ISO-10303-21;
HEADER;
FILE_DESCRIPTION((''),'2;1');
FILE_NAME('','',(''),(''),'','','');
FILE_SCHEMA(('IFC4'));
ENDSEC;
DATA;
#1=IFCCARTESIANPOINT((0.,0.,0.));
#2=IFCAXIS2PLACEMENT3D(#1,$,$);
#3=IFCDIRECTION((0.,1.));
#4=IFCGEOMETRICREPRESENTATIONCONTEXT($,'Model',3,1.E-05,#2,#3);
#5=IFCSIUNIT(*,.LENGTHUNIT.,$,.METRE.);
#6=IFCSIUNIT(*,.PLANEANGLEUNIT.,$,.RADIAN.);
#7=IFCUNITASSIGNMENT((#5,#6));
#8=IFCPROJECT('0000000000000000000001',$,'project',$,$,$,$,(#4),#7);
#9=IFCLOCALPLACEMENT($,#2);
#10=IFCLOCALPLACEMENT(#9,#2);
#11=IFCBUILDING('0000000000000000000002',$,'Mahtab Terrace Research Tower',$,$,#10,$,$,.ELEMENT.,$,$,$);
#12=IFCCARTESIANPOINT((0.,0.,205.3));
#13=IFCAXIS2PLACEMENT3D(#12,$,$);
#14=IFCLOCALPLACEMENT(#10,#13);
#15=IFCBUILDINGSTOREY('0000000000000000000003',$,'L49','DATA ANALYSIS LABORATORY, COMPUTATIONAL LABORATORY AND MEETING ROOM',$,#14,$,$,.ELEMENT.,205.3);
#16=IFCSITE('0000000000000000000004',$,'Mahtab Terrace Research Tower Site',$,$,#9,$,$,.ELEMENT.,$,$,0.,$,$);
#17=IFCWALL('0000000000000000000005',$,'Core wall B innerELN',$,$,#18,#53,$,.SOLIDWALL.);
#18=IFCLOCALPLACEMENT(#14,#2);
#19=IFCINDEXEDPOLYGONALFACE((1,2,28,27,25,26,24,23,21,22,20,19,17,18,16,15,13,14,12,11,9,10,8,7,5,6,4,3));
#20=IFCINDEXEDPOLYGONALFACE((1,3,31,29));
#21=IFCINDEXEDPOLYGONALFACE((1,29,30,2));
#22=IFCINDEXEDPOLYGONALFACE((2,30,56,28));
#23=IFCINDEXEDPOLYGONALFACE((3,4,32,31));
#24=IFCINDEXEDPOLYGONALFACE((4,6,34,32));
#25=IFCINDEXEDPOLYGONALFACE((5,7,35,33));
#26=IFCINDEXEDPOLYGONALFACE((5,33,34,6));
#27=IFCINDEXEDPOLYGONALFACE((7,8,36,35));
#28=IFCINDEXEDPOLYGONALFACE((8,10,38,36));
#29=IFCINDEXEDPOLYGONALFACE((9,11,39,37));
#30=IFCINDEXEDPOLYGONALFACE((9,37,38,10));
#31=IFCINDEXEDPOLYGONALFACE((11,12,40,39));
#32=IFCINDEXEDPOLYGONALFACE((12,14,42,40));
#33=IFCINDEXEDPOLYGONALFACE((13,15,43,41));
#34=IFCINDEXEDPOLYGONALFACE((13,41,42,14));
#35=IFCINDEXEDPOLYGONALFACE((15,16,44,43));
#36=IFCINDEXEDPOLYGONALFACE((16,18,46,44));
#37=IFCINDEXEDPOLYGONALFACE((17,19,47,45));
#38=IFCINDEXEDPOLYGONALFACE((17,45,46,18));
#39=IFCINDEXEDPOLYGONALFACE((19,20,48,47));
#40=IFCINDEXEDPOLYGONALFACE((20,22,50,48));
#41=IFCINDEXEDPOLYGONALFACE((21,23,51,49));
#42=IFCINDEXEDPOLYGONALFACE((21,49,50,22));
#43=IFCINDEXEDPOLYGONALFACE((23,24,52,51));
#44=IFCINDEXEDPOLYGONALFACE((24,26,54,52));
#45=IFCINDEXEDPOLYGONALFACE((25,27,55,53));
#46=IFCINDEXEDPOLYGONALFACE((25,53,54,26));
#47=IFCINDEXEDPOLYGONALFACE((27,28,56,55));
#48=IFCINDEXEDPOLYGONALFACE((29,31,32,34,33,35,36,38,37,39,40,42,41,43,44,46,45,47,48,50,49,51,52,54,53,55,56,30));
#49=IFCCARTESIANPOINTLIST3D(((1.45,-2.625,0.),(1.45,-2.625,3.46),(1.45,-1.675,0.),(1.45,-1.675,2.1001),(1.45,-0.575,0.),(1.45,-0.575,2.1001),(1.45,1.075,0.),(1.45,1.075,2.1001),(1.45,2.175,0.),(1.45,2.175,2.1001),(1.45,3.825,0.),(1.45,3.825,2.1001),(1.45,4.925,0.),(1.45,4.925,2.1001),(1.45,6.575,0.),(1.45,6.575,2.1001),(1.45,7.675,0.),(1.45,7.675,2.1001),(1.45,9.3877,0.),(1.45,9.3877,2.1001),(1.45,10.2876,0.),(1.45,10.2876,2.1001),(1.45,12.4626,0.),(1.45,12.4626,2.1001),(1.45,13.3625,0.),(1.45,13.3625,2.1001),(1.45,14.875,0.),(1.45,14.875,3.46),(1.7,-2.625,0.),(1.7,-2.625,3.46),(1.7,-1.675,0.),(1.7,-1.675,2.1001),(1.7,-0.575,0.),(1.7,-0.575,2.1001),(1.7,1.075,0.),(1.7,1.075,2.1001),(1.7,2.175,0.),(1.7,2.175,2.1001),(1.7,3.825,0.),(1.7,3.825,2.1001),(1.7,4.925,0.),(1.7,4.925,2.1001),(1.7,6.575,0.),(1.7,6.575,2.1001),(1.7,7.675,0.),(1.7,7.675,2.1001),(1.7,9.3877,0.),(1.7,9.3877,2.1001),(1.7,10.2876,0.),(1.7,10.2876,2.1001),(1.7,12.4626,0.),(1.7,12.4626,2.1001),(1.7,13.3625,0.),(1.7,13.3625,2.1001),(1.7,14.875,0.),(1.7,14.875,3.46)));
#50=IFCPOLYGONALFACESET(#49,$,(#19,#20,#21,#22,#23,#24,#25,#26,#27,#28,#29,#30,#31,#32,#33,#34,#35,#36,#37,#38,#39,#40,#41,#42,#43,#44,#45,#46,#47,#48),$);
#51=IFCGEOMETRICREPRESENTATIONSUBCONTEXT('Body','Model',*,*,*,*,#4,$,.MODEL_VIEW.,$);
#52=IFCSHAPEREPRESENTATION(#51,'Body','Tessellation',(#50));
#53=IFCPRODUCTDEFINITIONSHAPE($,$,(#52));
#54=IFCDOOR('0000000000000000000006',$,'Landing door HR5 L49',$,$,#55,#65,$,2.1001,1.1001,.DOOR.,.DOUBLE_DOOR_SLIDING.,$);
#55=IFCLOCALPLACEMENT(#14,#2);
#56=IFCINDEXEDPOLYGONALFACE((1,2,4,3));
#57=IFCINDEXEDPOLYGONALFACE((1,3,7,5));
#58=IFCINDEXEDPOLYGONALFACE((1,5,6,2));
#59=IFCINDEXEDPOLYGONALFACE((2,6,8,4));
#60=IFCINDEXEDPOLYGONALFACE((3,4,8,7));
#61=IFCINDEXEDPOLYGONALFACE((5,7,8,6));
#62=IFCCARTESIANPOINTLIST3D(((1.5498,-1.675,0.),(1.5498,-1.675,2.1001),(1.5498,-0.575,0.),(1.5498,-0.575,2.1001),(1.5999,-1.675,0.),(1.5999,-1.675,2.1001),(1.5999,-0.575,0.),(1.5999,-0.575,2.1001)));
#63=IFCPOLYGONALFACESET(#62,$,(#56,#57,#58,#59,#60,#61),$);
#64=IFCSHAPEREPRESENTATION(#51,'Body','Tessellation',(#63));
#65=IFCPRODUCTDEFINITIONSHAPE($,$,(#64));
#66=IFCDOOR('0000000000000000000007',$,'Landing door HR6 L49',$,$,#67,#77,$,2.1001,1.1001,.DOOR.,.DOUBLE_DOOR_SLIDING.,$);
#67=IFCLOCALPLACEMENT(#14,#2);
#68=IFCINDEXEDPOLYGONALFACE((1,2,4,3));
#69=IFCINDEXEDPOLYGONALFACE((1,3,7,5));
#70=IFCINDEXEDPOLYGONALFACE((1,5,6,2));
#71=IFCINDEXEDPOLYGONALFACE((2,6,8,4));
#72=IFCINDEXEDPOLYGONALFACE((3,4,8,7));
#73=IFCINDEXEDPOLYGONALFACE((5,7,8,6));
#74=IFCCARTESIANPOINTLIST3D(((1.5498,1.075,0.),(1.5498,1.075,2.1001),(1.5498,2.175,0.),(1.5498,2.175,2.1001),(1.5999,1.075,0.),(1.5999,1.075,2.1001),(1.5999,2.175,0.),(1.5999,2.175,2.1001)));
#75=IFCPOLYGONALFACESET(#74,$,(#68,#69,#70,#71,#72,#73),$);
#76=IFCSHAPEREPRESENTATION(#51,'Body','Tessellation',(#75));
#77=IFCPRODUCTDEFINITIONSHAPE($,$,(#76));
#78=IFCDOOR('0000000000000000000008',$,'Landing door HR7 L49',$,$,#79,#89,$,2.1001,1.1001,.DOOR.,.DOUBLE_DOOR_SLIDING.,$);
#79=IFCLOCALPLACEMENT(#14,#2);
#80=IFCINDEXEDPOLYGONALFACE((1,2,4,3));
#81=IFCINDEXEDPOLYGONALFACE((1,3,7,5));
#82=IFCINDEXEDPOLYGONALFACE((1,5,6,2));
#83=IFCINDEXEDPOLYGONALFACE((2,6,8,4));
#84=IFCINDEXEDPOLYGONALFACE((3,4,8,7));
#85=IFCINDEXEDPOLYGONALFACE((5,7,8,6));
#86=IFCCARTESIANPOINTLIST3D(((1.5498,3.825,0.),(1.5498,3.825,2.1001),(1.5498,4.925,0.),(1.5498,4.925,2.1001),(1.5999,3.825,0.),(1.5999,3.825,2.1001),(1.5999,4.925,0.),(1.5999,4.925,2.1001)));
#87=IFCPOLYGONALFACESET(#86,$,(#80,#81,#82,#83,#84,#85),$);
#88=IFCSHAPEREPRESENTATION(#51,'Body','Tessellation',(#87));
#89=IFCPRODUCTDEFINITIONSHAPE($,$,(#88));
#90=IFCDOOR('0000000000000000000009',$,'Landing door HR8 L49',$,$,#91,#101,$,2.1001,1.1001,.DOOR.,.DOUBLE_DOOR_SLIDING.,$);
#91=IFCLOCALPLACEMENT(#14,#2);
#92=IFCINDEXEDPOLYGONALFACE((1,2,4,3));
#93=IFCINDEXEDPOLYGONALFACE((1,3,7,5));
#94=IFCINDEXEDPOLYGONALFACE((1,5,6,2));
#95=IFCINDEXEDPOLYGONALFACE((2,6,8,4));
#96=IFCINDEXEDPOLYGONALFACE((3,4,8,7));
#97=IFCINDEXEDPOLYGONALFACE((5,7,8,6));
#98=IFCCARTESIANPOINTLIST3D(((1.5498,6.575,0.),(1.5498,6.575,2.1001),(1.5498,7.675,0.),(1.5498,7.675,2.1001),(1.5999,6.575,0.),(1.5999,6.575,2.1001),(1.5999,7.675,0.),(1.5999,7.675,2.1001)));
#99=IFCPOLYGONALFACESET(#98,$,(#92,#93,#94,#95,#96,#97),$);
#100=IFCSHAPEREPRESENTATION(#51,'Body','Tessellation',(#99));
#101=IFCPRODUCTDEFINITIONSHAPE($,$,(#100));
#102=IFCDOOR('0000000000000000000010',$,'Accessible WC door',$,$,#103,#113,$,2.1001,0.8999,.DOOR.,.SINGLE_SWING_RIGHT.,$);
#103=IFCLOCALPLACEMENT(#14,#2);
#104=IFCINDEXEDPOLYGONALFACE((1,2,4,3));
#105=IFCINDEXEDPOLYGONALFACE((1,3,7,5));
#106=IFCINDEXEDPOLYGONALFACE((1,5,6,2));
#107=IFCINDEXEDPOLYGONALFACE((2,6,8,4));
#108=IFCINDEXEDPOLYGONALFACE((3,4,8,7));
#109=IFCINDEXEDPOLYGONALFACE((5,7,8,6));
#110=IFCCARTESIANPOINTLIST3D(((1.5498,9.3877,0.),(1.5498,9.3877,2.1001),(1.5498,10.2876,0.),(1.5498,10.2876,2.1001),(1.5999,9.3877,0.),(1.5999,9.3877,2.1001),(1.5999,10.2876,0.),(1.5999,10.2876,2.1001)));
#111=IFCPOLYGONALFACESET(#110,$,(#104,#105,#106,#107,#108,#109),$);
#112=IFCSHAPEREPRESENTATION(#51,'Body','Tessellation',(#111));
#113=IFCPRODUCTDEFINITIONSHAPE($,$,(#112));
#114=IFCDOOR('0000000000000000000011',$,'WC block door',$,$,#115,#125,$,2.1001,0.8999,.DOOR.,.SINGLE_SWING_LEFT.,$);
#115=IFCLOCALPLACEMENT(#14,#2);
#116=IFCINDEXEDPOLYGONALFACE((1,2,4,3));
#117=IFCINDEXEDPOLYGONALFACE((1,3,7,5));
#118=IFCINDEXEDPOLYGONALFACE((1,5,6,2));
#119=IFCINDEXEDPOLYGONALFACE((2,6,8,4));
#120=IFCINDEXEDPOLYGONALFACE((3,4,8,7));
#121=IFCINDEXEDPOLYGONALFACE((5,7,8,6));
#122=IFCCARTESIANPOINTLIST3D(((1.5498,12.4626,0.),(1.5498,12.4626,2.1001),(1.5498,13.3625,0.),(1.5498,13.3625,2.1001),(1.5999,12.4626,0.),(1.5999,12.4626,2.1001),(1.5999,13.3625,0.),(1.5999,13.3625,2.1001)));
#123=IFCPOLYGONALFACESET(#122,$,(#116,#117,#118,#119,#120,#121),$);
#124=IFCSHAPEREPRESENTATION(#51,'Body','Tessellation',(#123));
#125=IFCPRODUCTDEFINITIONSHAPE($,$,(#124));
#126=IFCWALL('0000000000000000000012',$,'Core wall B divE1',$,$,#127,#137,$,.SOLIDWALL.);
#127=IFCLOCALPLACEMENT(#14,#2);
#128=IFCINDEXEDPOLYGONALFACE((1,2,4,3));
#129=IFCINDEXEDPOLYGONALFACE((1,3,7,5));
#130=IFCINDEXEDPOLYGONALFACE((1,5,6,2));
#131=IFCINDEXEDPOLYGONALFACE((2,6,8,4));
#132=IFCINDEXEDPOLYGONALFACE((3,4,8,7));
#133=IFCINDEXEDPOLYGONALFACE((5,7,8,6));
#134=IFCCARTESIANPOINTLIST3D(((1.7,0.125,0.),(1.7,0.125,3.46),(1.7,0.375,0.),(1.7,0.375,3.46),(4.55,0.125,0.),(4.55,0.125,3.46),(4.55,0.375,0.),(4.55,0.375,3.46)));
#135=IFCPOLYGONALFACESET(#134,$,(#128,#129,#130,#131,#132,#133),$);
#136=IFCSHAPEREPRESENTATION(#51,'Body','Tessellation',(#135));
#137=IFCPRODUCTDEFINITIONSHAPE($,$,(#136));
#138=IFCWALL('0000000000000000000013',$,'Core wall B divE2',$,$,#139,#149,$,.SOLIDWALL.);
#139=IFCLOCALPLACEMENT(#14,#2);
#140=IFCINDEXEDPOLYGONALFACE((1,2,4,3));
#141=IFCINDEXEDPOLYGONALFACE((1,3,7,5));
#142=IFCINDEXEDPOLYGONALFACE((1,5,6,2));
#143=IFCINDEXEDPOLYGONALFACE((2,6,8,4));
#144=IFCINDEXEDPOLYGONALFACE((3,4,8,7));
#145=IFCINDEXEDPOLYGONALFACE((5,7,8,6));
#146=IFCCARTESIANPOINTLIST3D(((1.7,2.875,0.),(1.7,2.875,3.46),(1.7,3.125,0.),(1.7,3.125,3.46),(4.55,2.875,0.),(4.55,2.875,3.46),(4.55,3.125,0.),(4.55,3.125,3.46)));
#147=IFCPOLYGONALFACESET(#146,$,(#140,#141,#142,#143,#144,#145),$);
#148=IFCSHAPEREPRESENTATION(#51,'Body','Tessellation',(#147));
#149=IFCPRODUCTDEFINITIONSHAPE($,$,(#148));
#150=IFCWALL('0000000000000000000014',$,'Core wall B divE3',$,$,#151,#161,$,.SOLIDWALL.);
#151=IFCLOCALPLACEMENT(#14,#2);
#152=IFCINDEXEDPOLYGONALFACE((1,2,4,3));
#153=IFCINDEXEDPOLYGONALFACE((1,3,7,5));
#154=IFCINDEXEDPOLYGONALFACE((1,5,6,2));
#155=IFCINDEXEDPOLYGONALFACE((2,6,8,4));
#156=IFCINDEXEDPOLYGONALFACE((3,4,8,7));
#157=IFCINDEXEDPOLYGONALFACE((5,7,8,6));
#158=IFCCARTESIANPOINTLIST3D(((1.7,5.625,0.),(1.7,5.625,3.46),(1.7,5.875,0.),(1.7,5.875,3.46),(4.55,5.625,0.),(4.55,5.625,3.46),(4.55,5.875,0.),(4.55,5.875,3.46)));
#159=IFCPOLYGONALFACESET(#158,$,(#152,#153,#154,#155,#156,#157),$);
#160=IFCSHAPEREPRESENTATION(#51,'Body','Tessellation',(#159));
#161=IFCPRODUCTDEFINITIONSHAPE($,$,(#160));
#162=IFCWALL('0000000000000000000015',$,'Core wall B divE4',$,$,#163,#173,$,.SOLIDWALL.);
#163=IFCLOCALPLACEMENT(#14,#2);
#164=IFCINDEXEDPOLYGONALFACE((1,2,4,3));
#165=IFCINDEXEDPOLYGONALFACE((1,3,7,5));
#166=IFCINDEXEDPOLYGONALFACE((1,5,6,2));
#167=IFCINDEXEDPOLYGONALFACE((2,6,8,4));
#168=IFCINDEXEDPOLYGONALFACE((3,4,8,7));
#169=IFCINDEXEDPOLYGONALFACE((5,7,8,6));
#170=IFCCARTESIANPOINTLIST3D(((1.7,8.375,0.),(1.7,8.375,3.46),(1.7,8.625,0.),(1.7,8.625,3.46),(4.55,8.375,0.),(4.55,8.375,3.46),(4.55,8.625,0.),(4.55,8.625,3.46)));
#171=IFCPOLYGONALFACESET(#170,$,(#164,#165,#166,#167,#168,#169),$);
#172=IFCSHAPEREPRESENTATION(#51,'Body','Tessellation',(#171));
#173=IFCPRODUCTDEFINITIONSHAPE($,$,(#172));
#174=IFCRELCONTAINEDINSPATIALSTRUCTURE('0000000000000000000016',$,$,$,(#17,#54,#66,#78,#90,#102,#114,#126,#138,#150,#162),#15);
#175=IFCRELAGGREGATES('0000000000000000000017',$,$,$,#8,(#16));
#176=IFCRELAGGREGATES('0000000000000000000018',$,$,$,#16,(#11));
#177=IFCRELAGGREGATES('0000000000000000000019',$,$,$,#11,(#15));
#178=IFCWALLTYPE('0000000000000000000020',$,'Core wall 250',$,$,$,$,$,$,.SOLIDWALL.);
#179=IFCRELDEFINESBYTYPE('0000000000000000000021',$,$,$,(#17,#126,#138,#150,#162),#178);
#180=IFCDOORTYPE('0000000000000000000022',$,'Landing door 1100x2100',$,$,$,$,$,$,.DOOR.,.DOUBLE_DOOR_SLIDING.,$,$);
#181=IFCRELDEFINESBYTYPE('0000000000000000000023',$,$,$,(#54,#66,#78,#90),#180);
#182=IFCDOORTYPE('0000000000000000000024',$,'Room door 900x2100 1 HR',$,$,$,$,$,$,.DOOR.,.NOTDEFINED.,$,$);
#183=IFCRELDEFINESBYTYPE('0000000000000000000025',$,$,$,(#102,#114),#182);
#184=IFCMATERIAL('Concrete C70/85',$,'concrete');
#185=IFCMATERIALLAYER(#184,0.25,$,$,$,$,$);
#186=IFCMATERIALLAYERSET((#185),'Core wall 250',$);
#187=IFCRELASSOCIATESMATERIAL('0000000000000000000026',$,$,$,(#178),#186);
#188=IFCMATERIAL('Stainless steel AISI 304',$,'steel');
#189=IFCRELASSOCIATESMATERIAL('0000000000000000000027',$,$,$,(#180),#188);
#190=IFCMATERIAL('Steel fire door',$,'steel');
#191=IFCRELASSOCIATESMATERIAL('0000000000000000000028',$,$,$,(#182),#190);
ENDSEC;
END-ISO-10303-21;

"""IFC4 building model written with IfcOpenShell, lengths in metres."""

from ifc_helpers import new_model, si_unit, direction, frame, frame_2d, origin, place, context, subcontext, project, spatial, rectangle, extrude, material, layer, layer_set, type_object, element, fill, save


model = new_model("IFC4")

# Units and contexts
model_context = context("Model", 3, precision=1e-05, world=origin(), true_north=direction((0.0, 1.0)))
body_context = subcontext(model_context, "Body", "Model", "MODEL_VIEW")
ifc_project = project(units=[si_unit("LENGTHUNIT", "METRE"), si_unit("PLANEANGLEUNIT", "RADIAN")], contexts=[model_context])

# Site, building, storey
site_placement = place(None, origin())
site = spatial("IfcSite", under=ifc_project, at=site_placement, Name="Mahtab Terrace Research Tower Site", CompositionType="ELEMENT", RefElevation=0.0)
building_placement = place(site_placement, origin())
building = spatial("IfcBuilding", under=site, at=building_placement, Name="Mahtab Terrace Research Tower", CompositionType="ELEMENT")
storey_placement = place(building_placement, frame((0.0, 0.0, 205.3)))
storey = spatial("IfcBuildingStorey", under=building, at=storey_placement, Name="L49", Description="DATA ANALYSIS LABORATORY, COMPUTATIONAL LABORATORY AND MEETING ROOM", CompositionType="ELEMENT", Elevation=205.3)

# Shared definitions
ifc_material_1 = material(Name="Concrete C70/85", Category="concrete")

# Shared definitions
ifc_layer_1 = layer(ifc_material_1, 0.25)
ifc_layer_set_1 = layer_set([ifc_layer_1], Name="Core wall 250")
wall_type_1 = type_object("IfcWallType", Name="Core wall 250", PredefinedType="SOLIDWALL", material=ifc_layer_set_1)
ifc_material_2 = material(Name="Steel fire door", Category="steel")

# Wall, openings, doors
wall_1_placement = place(storey_placement, frame((1.575, 14.875, 0.0), z_axis=(0.0, 0.0, 1.0), x_axis=(0.0, -1.0, 0.0)))
wall_1 = element("IfcWall", 1, at=wall_1_placement, inside=storey, type_object=wall_type_1, Name="Core wall B innerELN", PredefinedType="SOLIDWALL", context=body_context, shape_type="SweptSolid", body=[
    extrude(rectangle(XDim=17.5, YDim=0.25, at=frame_2d((8.75, 0.0))), origin(), (0.0, 0.0, 1.0), 3.46),
])
opening_1_placement = place(wall_1_placement, frame((15.45, 0.0, 0.0)))
opening_1 = element("IfcOpeningElement", 2, at=opening_1_placement, cuts=wall_1, PredefinedType="OPENING", context=body_context, shape_type="SweptSolid", body=[
    extrude(rectangle(XDim=1.1001, YDim=2.1001, at=frame_2d((0.55, 1.05))), frame((0.0, 0.135, 0.0), z_axis=(0.0, -1.0, 0.0), x_axis=(1.0, 0.0, 0.0)), (0.0, 0.0, 1.0), 0.27),
])
opening_2_placement = place(wall_1_placement, frame((12.7, 0.0, 0.0)))
opening_2 = element("IfcOpeningElement", 3, at=opening_2_placement, cuts=wall_1, PredefinedType="OPENING", context=body_context, shape_type="SweptSolid", body=[
    extrude(rectangle(XDim=1.1001, YDim=2.1001, at=frame_2d((0.55, 1.05))), frame((0.0, 0.135, 0.0), z_axis=(0.0, -1.0, 0.0), x_axis=(1.0, 0.0, 0.0)), (0.0, 0.0, 1.0), 0.27),
])
opening_3_placement = place(wall_1_placement, frame((9.95, 0.0, 0.0)))
opening_3 = element("IfcOpeningElement", 4, at=opening_3_placement, cuts=wall_1, PredefinedType="OPENING", context=body_context, shape_type="SweptSolid", body=[
    extrude(rectangle(XDim=1.1001, YDim=2.1001, at=frame_2d((0.55, 1.05))), frame((0.0, 0.135, 0.0), z_axis=(0.0, -1.0, 0.0), x_axis=(1.0, 0.0, 0.0)), (0.0, 0.0, 1.0), 0.27),
])
opening_4_placement = place(wall_1_placement, frame((7.2, 0.0, 0.0)))
opening_4 = element("IfcOpeningElement", 5, at=opening_4_placement, cuts=wall_1, PredefinedType="OPENING", context=body_context, shape_type="SweptSolid", body=[
    extrude(rectangle(XDim=1.1001, YDim=2.1001, at=frame_2d((0.55, 1.05))), frame((0.0, 0.135, 0.0), z_axis=(0.0, -1.0, 0.0), x_axis=(1.0, 0.0, 0.0)), (0.0, 0.0, 1.0), 0.27),
])
opening_5_placement = place(wall_1_placement, frame((4.5874, 0.0, 0.0)))
opening_5 = element("IfcOpeningElement", 6, at=opening_5_placement, cuts=wall_1, PredefinedType="OPENING", context=body_context, shape_type="SweptSolid", body=[
    extrude(rectangle(XDim=0.8999, YDim=2.1001, at=frame_2d((0.45, 1.05))), frame((0.0, 0.135, 0.0), z_axis=(0.0, -1.0, 0.0), x_axis=(1.0, 0.0, 0.0)), (0.0, 0.0, 1.0), 0.27),
])
opening_6_placement = place(wall_1_placement, frame((1.5125, 0.0, 0.0)))
opening_6 = element("IfcOpeningElement", 7, at=opening_6_placement, cuts=wall_1, PredefinedType="OPENING", context=body_context, shape_type="SweptSolid", body=[
    extrude(rectangle(XDim=0.8999, YDim=2.1001, at=frame_2d((0.45, 1.05))), frame((0.0, 0.135, 0.0), z_axis=(0.0, -1.0, 0.0), x_axis=(1.0, 0.0, 0.0)), (0.0, 0.0, 1.0), 0.27),
])
ifc_material_3 = material(Name="Stainless steel AISI 304", Category="steel")
door_type_1 = type_object("IfcDoorType", Name="Landing door 1100x2100", OperationType="DOUBLE_DOOR_SLIDING", PredefinedType="DOOR", material=ifc_material_3)
door_1_placement = place(opening_1_placement, origin())
door_1 = element("IfcDoor", 8, at=door_1_placement, inside=storey, type_object=door_type_1, Name="Landing door HR5 L49", OperationType="DOUBLE_DOOR_SLIDING", OverallHeight=2.1001, OverallWidth=1.1001, PredefinedType="DOOR", context=body_context, shape_type="SweptSolid", body=[
    extrude(rectangle(XDim=1.1001, YDim=2.1001, at=frame_2d((0.55, 1.05))), frame((0.0, 0.0249, 0.0), z_axis=(0.0, -1.0, 0.0), x_axis=(1.0, 0.0, 0.0)), (0.0, 0.0, 1.0), 0.05),
])
fill(opening_1, door_1)
door_2_placement = place(opening_2_placement, origin())
door_2 = element("IfcDoor", 9, at=door_2_placement, inside=storey, type_object=door_type_1, Name="Landing door HR6 L49", OperationType="DOUBLE_DOOR_SLIDING", OverallHeight=2.1001, OverallWidth=1.1001, PredefinedType="DOOR", context=body_context, shape_type="SweptSolid", body=[
    extrude(rectangle(XDim=1.1001, YDim=2.1001, at=frame_2d((0.55, 1.05))), frame((0.0, 0.0249, 0.0), z_axis=(0.0, -1.0, 0.0), x_axis=(1.0, 0.0, 0.0)), (0.0, 0.0, 1.0), 0.05),
])
fill(opening_2, door_2)
door_3_placement = place(opening_3_placement, origin())
door_3 = element("IfcDoor", 10, at=door_3_placement, inside=storey, type_object=door_type_1, Name="Landing door HR7 L49", OperationType="DOUBLE_DOOR_SLIDING", OverallHeight=2.1001, OverallWidth=1.1001, PredefinedType="DOOR", context=body_context, shape_type="SweptSolid", body=[
    extrude(rectangle(XDim=1.1001, YDim=2.1001, at=frame_2d((0.55, 1.05))), frame((0.0, 0.0249, 0.0), z_axis=(0.0, -1.0, 0.0), x_axis=(1.0, 0.0, 0.0)), (0.0, 0.0, 1.0), 0.05),
])
fill(opening_3, door_3)
door_4_placement = place(opening_4_placement, origin())
door_4 = element("IfcDoor", 11, at=door_4_placement, inside=storey, type_object=door_type_1, Name="Landing door HR8 L49", OperationType="DOUBLE_DOOR_SLIDING", OverallHeight=2.1001, OverallWidth=1.1001, PredefinedType="DOOR", context=body_context, shape_type="SweptSolid", body=[
    extrude(rectangle(XDim=1.1001, YDim=2.1001, at=frame_2d((0.55, 1.05))), frame((0.0, 0.0249, 0.0), z_axis=(0.0, -1.0, 0.0), x_axis=(1.0, 0.0, 0.0)), (0.0, 0.0, 1.0), 0.05),
])
fill(opening_4, door_4)
door_type_2 = type_object("IfcDoorType", Name="Room door 900x2100 1 HR", OperationType="NOTDEFINED", PredefinedType="DOOR", material=ifc_material_2)
door_5_placement = place(opening_5_placement, origin())
door_5 = element("IfcDoor", 12, at=door_5_placement, inside=storey, type_object=door_type_2, Name="Accessible WC door", OperationType="SINGLE_SWING_RIGHT", OverallHeight=2.1001, OverallWidth=0.8999, PredefinedType="DOOR", context=body_context, shape_type="SweptSolid", body=[
    extrude(rectangle(XDim=0.8999, YDim=2.1001, at=frame_2d((0.45, 1.05))), frame((0.0, 0.0249, 0.0), z_axis=(0.0, -1.0, 0.0), x_axis=(1.0, 0.0, 0.0)), (0.0, 0.0, 1.0), 0.05),
])
fill(opening_5, door_5)
door_6_placement = place(opening_6_placement, origin())
door_6 = element("IfcDoor", 13, at=door_6_placement, inside=storey, type_object=door_type_2, Name="WC block door", OperationType="SINGLE_SWING_LEFT", OverallHeight=2.1001, OverallWidth=0.8999, PredefinedType="DOOR", context=body_context, shape_type="SweptSolid", body=[
    extrude(rectangle(XDim=0.8999, YDim=2.1001, at=frame_2d((0.45, 1.05))), frame((0.0, 0.0249, 0.0), z_axis=(0.0, -1.0, 0.0), x_axis=(1.0, 0.0, 0.0)), (0.0, 0.0, 1.0), 0.05),
])
fill(opening_6, door_6)

# Walls
for number, where, z_axis, x_axis, name in (
    (14, (1.7, 0.25, 0.0), (0.0, 0.0, 1.0), (1.0, 0.0, 0.0), "Core wall B divE1"),
    (15, (1.7, 3.0, 0.0), (0.0, 0.0, 1.0), (1.0, 0.0, 0.0), "Core wall B divE2"),
    (16, (1.7, 5.75, 0.0), (0.0, 0.0, 1.0), (1.0, 0.0, 0.0), "Core wall B divE3"),
    (17, (1.7, 8.5, 0.0), (0.0, 0.0, 1.0), (1.0, 0.0, 0.0), "Core wall B divE4"),
):
    element("IfcWall", number, at=place(storey_placement, frame(where, z_axis=z_axis, x_axis=x_axis)), inside=storey, type_object=wall_type_1, Name=name, PredefinedType="SOLIDWALL", context=body_context, shape_type="SweptSolid", body=[
        extrude(rectangle(XDim=2.8501, YDim=0.25, at=frame_2d((1.425, 0.0))), origin(), (0.0, 0.0, 1.0), 3.46),
    ])

save(model, "model.ifc")
